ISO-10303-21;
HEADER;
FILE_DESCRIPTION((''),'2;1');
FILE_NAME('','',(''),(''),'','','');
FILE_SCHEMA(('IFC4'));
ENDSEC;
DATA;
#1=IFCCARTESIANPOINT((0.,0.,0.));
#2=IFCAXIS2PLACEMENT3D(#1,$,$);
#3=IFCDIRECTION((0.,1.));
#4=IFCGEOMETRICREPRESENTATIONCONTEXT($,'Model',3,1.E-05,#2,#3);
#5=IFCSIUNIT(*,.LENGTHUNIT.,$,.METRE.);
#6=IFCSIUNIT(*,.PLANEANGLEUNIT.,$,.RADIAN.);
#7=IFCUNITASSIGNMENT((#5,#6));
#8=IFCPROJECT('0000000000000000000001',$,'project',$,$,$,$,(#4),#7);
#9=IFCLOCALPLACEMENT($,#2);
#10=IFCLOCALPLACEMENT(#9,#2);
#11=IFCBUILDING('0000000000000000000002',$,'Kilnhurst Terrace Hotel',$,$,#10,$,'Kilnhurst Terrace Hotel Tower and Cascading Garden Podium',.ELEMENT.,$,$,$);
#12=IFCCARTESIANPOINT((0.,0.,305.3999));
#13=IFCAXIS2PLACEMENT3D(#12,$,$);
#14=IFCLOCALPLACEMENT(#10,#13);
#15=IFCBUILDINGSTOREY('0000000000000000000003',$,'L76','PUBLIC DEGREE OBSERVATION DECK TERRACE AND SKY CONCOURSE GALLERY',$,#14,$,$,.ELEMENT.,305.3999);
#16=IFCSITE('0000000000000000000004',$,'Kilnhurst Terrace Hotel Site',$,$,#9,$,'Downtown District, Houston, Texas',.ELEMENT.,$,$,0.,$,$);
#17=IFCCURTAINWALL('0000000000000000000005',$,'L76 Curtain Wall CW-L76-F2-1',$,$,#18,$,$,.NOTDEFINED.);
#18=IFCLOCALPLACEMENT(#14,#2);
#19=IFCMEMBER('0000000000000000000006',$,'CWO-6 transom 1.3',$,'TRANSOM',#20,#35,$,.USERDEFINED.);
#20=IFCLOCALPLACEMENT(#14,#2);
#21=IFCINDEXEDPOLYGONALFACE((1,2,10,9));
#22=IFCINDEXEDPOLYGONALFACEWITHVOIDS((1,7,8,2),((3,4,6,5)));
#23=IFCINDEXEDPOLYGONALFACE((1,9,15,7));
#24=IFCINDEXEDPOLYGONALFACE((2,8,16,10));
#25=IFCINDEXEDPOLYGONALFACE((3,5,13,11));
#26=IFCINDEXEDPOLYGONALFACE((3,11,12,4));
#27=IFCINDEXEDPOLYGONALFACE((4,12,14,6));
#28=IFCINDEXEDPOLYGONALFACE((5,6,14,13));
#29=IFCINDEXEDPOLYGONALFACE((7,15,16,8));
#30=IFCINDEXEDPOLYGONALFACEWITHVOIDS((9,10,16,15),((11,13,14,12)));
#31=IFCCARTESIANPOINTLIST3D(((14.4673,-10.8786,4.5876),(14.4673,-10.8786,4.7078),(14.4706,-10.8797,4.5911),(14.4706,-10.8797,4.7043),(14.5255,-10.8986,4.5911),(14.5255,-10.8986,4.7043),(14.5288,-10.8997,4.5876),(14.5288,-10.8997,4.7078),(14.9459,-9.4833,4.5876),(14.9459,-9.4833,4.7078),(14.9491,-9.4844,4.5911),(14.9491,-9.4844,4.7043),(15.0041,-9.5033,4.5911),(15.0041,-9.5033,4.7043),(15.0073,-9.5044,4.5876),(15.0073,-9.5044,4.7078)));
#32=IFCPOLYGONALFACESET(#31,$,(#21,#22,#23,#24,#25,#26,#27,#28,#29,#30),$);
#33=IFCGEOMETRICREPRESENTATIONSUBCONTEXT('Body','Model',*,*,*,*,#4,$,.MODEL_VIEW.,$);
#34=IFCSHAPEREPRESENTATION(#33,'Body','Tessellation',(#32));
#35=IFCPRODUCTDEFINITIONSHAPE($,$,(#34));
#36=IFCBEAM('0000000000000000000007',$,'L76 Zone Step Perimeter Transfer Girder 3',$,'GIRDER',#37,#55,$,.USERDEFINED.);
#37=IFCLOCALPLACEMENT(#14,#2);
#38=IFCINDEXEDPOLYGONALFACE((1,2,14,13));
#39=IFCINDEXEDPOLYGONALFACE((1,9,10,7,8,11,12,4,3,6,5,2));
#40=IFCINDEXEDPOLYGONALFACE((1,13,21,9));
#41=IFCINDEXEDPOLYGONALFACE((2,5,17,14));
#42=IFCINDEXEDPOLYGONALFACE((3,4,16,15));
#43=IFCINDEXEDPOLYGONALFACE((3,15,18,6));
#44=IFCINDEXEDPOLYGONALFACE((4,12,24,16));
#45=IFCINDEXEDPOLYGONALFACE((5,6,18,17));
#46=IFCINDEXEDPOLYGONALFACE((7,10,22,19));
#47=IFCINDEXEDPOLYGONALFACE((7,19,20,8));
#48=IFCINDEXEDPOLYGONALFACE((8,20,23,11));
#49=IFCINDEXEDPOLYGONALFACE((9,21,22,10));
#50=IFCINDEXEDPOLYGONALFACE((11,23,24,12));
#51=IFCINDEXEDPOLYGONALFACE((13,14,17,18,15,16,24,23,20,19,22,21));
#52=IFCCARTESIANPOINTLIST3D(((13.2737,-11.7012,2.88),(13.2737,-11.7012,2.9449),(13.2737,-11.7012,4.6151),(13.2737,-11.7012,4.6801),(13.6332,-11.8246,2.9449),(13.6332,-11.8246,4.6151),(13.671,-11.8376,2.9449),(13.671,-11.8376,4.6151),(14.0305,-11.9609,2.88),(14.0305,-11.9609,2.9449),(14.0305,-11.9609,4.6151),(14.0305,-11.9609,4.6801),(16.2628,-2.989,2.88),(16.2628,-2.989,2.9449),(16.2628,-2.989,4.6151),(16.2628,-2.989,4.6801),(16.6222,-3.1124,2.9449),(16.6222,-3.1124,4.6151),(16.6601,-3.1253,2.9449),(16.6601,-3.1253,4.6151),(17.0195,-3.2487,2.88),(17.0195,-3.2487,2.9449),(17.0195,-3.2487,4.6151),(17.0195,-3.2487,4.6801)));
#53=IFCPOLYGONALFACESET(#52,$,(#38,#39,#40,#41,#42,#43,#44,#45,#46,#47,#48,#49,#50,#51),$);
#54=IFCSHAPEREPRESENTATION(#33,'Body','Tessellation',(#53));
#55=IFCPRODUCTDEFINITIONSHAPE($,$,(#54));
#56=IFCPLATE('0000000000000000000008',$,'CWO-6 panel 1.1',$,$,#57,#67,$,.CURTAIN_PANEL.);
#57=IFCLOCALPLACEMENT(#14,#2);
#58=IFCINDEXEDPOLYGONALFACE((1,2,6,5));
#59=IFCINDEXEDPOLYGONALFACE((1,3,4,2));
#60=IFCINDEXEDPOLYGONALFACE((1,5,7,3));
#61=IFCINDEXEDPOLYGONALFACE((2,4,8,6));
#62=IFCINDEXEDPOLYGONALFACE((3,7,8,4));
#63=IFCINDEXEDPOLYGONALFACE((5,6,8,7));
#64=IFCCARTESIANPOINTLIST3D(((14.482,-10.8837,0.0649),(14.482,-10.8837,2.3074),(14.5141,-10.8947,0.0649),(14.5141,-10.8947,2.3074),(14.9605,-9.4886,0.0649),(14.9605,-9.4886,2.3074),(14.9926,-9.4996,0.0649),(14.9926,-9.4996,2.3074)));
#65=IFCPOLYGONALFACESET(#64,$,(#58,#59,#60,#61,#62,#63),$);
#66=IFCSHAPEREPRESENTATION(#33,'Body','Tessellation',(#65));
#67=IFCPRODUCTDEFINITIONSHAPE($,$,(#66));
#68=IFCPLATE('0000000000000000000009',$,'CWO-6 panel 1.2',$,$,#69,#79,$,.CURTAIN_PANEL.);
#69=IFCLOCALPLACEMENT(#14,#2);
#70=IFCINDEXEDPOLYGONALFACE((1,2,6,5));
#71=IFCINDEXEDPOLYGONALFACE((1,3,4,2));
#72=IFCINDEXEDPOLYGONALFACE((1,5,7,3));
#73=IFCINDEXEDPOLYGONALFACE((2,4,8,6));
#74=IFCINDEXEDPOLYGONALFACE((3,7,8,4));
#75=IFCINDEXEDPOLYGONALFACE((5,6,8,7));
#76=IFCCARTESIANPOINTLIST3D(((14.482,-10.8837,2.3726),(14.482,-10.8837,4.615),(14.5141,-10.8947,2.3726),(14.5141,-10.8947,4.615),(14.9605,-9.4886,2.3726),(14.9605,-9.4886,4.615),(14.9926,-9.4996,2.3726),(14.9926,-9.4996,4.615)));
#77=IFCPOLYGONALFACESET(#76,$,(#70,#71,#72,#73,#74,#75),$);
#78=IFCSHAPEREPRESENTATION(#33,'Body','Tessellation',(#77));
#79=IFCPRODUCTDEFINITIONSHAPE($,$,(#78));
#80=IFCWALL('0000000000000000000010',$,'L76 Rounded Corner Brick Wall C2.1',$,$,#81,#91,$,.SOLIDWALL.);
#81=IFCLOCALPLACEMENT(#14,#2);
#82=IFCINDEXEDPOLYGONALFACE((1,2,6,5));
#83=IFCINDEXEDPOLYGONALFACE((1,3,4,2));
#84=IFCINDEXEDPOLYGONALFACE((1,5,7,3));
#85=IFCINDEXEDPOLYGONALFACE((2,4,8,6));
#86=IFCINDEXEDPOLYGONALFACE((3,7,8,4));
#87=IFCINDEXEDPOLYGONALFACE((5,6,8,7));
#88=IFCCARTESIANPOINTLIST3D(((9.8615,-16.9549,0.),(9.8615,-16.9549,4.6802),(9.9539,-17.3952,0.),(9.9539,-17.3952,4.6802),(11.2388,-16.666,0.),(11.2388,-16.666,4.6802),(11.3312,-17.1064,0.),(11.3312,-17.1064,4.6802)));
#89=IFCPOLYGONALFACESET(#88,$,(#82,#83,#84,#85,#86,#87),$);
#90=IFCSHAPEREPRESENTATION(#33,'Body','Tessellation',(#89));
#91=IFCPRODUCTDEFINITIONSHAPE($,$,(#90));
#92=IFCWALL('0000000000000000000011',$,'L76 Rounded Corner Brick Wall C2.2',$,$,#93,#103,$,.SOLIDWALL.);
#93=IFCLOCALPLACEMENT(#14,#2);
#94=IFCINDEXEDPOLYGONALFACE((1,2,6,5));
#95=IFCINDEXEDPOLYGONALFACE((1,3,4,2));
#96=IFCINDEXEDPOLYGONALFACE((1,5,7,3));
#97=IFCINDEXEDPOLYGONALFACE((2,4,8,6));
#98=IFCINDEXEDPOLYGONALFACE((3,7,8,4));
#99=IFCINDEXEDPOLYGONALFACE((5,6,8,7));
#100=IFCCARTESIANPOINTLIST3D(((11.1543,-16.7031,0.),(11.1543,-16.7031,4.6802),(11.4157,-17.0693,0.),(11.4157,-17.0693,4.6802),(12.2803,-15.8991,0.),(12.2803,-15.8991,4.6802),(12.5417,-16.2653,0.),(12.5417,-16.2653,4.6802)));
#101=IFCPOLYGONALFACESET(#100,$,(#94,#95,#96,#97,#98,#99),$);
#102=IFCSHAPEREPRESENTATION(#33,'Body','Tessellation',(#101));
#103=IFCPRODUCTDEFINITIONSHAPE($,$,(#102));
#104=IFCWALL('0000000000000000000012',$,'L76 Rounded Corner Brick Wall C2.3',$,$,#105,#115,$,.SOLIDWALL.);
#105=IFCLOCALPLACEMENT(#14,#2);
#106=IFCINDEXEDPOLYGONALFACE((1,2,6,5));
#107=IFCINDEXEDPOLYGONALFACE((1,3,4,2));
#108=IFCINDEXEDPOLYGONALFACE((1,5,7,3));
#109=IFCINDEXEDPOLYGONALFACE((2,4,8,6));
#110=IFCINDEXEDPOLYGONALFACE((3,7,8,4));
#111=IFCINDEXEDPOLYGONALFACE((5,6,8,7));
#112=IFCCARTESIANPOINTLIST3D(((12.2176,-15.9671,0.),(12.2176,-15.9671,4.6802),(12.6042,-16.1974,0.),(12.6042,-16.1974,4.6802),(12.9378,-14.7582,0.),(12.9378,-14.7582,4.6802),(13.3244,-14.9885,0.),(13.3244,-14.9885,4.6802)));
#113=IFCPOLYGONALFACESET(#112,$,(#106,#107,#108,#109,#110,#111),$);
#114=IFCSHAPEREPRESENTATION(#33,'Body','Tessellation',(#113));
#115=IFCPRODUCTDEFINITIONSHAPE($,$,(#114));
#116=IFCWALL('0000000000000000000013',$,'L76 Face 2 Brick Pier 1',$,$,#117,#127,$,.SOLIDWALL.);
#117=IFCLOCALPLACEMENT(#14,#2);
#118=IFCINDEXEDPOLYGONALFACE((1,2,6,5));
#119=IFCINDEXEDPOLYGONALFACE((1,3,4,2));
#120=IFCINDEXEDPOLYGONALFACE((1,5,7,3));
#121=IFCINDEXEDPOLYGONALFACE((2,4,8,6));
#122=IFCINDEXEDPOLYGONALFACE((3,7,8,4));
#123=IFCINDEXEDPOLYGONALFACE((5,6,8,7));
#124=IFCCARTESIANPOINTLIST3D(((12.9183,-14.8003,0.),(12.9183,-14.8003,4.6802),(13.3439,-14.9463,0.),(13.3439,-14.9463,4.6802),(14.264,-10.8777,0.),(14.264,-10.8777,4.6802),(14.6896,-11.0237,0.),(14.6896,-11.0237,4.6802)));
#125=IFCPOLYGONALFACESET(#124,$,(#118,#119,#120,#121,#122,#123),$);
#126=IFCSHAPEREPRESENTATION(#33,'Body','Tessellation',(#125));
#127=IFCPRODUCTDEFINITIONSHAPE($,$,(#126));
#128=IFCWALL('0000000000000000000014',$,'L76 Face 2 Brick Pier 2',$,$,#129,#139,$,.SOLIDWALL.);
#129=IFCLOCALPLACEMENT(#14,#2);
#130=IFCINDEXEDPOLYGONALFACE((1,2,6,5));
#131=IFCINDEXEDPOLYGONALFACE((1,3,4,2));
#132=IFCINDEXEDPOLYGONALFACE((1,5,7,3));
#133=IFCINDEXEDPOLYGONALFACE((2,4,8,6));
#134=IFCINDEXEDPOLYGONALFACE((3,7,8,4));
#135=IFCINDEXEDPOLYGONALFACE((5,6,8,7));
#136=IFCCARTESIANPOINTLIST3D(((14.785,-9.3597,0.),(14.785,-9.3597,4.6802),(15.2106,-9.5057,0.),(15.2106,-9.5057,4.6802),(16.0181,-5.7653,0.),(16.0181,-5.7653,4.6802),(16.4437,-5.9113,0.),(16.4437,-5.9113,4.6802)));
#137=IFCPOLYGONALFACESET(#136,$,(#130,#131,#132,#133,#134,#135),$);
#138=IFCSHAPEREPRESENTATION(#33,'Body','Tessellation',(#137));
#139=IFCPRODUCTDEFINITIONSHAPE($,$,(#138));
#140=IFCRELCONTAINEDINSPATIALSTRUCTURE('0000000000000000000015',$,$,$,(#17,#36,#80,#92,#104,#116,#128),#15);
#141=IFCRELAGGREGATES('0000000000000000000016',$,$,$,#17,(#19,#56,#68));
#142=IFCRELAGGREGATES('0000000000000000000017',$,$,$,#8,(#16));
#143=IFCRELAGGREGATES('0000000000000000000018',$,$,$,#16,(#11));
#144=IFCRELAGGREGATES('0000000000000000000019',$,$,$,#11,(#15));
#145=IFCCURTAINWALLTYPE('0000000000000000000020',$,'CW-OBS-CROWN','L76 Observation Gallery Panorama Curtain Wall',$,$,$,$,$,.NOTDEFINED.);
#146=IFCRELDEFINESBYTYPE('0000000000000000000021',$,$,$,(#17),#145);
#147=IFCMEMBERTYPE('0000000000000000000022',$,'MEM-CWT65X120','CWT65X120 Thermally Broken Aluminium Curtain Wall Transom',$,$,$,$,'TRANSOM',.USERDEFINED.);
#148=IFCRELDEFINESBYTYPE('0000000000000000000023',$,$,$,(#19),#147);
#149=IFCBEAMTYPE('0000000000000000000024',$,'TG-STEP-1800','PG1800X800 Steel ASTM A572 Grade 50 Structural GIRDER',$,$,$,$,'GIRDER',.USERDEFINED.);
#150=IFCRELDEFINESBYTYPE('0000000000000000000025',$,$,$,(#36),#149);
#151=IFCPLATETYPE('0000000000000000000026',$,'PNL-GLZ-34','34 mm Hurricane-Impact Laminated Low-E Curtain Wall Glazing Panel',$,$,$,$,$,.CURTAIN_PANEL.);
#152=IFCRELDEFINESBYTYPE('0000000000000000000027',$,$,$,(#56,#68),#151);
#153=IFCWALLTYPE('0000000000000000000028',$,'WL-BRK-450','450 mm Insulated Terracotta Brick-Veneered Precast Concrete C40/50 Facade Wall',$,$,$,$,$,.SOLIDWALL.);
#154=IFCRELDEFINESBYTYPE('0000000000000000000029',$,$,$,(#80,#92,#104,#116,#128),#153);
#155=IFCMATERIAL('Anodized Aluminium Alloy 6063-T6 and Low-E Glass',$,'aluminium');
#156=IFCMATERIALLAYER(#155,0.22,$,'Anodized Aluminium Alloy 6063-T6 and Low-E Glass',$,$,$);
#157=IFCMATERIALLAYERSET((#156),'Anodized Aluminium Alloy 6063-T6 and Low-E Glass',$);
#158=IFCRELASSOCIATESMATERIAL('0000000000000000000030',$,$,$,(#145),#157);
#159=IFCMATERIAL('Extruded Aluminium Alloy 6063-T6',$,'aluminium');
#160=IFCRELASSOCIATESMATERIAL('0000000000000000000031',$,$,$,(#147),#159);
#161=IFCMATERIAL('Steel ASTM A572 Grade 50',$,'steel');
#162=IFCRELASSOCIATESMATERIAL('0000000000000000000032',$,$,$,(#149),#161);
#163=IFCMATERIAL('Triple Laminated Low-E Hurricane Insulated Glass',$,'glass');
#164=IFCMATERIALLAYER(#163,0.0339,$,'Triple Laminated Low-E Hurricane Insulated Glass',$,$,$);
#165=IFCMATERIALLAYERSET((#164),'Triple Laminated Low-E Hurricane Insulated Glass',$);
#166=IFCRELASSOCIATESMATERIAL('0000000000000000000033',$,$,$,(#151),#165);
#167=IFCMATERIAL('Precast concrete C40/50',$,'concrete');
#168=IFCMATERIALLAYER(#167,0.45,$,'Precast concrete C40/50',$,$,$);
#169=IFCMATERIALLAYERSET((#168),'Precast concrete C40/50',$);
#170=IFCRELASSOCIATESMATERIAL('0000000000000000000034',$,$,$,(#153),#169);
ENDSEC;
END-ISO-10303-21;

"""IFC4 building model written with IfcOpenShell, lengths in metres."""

from ifc_helpers import new_model, si_unit, direction, frame, frame_2d, origin, origin_2d, place, context, subcontext, project, spatial, rectangle, hollow_rectangle, i_section, extrude, material, layer, layer_set, material_profile, profile_set, type_object, element, aggregate, save


model = new_model("IFC4")

# Units and contexts
model_context = context("Model", 3, precision=1e-05, world=origin(), true_north=direction((0.0, 1.0)))
body_context = subcontext(model_context, "Body", "Model", "MODEL_VIEW")
ifc_project = project(units=[si_unit("LENGTHUNIT", "METRE"), si_unit("PLANEANGLEUNIT", "RADIAN")], contexts=[model_context])

# Site, building, storey
site_placement = place(None, origin())
site = spatial("IfcSite", under=ifc_project, at=site_placement, Name="Kilnhurst Terrace Hotel Site", LongName="Downtown District, Houston, Texas", CompositionType="ELEMENT", RefElevation=0.0)
building_placement = place(site_placement, origin())
building = spatial("IfcBuilding", under=site, at=building_placement, Name="Kilnhurst Terrace Hotel", LongName="Kilnhurst Terrace Hotel Tower and Cascading Garden Podium", CompositionType="ELEMENT")
storey_placement = place(building_placement, frame((0.0, 0.0, 305.3999)))
storey = spatial("IfcBuildingStorey", under=building, at=storey_placement, Name="L76", Description="PUBLIC DEGREE OBSERVATION DECK TERRACE AND SKY CONCOURSE GALLERY", CompositionType="ELEMENT", Elevation=305.3999)

# Curtain wall, member
ifc_material_1 = material(Name="Anodized Aluminium Alloy 6063-T6 and Low-E Glass", Category="aluminium")
ifc_layer_1 = layer(ifc_material_1, 0.22, Name="Anodized Aluminium Alloy 6063-T6 and Low-E Glass")
ifc_layer_set_1 = layer_set([ifc_layer_1], Name="Anodized Aluminium Alloy 6063-T6 and Low-E Glass")
curtain_wall_type = type_object("IfcCurtainWallType", Name="CW-OBS-CROWN", Description="L76 Observation Gallery Panorama Curtain Wall", PredefinedType="NOTDEFINED", material=ifc_layer_set_1)
curtain_wall_placement = place(storey_placement, origin())
curtain_wall = element("IfcCurtainWall", 1, at=curtain_wall_placement, inside=storey, type_object=curtain_wall_type, Name="L76 Curtain Wall CW-L76-F2-1", PredefinedType="NOTDEFINED")
ifc_material_2 = material(Name="Extruded Aluminium Alloy 6063-T6", Category="aluminium")
ifc_material_profile_1 = material_profile(ifc_material_2, hollow_rectangle(XDim=0.0649, YDim=0.1201, WallThickness=0.0034, at=origin_2d()), Name="CWT65X120")
ifc_profile_set_1 = profile_set([ifc_material_profile_1], Name="Extruded Aluminium Alloy 6063-T6")
member_type_1 = type_object("IfcMemberType", Name="MEM-CWT65X120", Description="CWT65X120 Thermally Broken Aluminium Curtain Wall Transom", ElementType="TRANSOM", PredefinedType="USERDEFINED", material=ifc_profile_set_1)
member_1_placement = place(storey_placement, frame((14.498, -10.8892, 4.6477), z_axis=(0.324409, 0.945917, 0.0), x_axis=(-0.945917, 0.324409, 0.0)))
member_1 = element("IfcMember", 2, at=member_1_placement, type_object=member_type_1, Name="CWO-6 transom 1.3", ObjectType="TRANSOM", PredefinedType="USERDEFINED", context=body_context, shape_type="SweptSolid", body=[
    extrude(hollow_rectangle(XDim=0.0649, YDim=0.1201, WallThickness=0.0034, at=origin_2d()), origin(), (0.0, 0.0, 1.0), 1.4751),
])

# Beam
ifc_material_3 = material(Name="Steel ASTM A572 Grade 50", Category="steel")
ifc_material_profile_2 = material_profile(ifc_material_3, i_section(OverallWidth=0.8, OverallDepth=1.8, WebThickness=0.04, FlangeThickness=0.0649, at=origin_2d()), Name="PG1800X800")
ifc_profile_set_2 = profile_set([ifc_material_profile_2], Name="Steel ASTM A572 Grade 50")
beam_type_1 = type_object("IfcBeamType", Name="TG-STEP-1800", Description="PG1800X800 Steel ASTM A572 Grade 50 Structural GIRDER", ElementType="GIRDER", PredefinedType="USERDEFINED", material=ifc_profile_set_2)
beam_1_placement = place(storey_placement, frame((13.6521, -11.8311, 3.78), z_axis=(0.324517, 0.94588, 0.0), x_axis=(-0.94588, 0.324517, 0.0)))
element("IfcBeam", 3, at=beam_1_placement, inside=storey, type_object=beam_type_1, Name="L76 Zone Step Perimeter Transfer Girder 3", ObjectType="GIRDER", PredefinedType="USERDEFINED", context=body_context, shape_type="SweptSolid", body=[
    extrude(i_section(OverallWidth=0.8, OverallDepth=1.8, WebThickness=0.04, FlangeThickness=0.0649, at=origin_2d()), origin(), (0.0, 0.0, 1.0), 9.2107),
])

# Plates
ifc_material_4 = material(Name="Triple Laminated Low-E Hurricane Insulated Glass", Category="glass")
ifc_layer_2 = layer(ifc_material_4, 0.0339, Name="Triple Laminated Low-E Hurricane Insulated Glass")
ifc_layer_set_2 = layer_set([ifc_layer_2], Name="Triple Laminated Low-E Hurricane Insulated Glass")
plate_type = type_object("IfcPlateType", Name="PNL-GLZ-34", Description="34 mm Hurricane-Impact Laminated Low-E Curtain Wall Glazing Panel", PredefinedType="CURTAIN_PANEL", material=ifc_layer_set_2)
plate_1_placement = place(storey_placement, frame((14.7373, -10.1917, 0.0649), z_axis=(0.0, 0.0, 1.0), x_axis=(0.324496, 0.945887, 0.0)))
plate_1 = element("IfcPlate", 4, at=plate_1_placement, type_object=plate_type, Name="CWO-6 panel 1.1", PredefinedType="CURTAIN_PANEL", context=body_context, shape_type="SweptSolid", body=[
    extrude(rectangle(XDim=1.4749, YDim=0.0339, at=origin_2d()), origin(), (0.0, 0.0, 1.0), 2.2424),
])
plate_2_placement = place(storey_placement, frame((14.7373, -10.1917, 2.3726), z_axis=(0.0, 0.0, 1.0), x_axis=(0.324496, 0.945887, 0.0)))
plate_2 = element("IfcPlate", 5, at=plate_2_placement, type_object=plate_type, Name="CWO-6 panel 1.2", PredefinedType="CURTAIN_PANEL", context=body_context, shape_type="SweptSolid", body=[
    extrude(rectangle(XDim=1.4749, YDim=0.0339, at=origin_2d()), origin(), (0.0, 0.0, 1.0), 2.2424),
])
aggregate(curtain_wall, [member_1, plate_1, plate_2])

# Walls
ifc_material_5 = material(Name="Precast concrete C40/50", Category="concrete")
ifc_layer_3 = layer(ifc_material_5, 0.45, Name="Precast concrete C40/50")
ifc_layer_set_3 = layer_set([ifc_layer_3], Name="Precast concrete C40/50")
wall_type_1 = type_object("IfcWallType", Name="WL-BRK-450", Description="450 mm Insulated Terracotta Brick-Veneered Precast Concrete C40/50 Facade Wall", PredefinedType="SOLIDWALL", material=ifc_layer_set_3)
wall_1_placement = place(storey_placement, frame((9.9077, -17.175, 0.0), z_axis=(0.0, 0.0, 1.0), x_axis=(0.97871, 0.20525, 0.0)))
element("IfcWall", 6, at=wall_1_placement, inside=storey, type_object=wall_type_1, Name="L76 Rounded Corner Brick Wall C2.1", PredefinedType="SOLIDWALL", context=body_context, shape_type="SweptSolid", body=[
    extrude(rectangle(XDim=1.4072, YDim=0.45, at=frame_2d((0.7036, 0.0))), origin(), (0.0, 0.0, 1.0), 4.6802),
])
wall_2_placement = place(storey_placement, frame((11.2849, -16.8862, 0.0), z_axis=(0.0, 0.0, 1.0), x_axis=(0.813841, 0.581088, 0.0)))
element("IfcWall", 7, at=wall_2_placement, inside=storey, type_object=wall_type_1, Name="L76 Rounded Corner Brick Wall C2.2", PredefinedType="SOLIDWALL", context=body_context, shape_type="SweptSolid", body=[
    extrude(rectangle(XDim=1.3835, YDim=0.45, at=frame_2d((0.6919, 0.0))), origin(), (0.0, 0.0, 1.0), 4.6802),
])
wall_3_placement = place(storey_placement, frame((12.4109, -16.0823, 0.0), z_axis=(0.0, 0.0, 1.0), x_axis=(0.511789, 0.859111, 0.0)))
element("IfcWall", 8, at=wall_3_placement, inside=storey, type_object=wall_type_1, Name="L76 Rounded Corner Brick Wall C2.3", PredefinedType="SOLIDWALL", context=body_context, shape_type="SweptSolid", body=[
    extrude(rectangle(XDim=1.4072, YDim=0.45, at=frame_2d((0.7036, 0.0))), origin(), (0.0, 0.0, 1.0), 4.6802),
])
wall_4_placement = place(storey_placement, frame((13.1311, -14.8733, 0.0), z_axis=(0.0, 0.0, 1.0), x_axis=(0.324499, 0.945886, 0.0)))
element("IfcWall", 9, at=wall_4_placement, inside=storey, type_object=wall_type_1, Name="L76 Face 2 Brick Pier 1", PredefinedType="SOLIDWALL", context=body_context, shape_type="SweptSolid", body=[
    extrude(rectangle(XDim=4.147, YDim=0.45, at=frame_2d((2.0735, 0.0))), origin(), (0.0, 0.0, 1.0), 4.6802),
])
wall_5_placement = place(storey_placement, frame((14.9978, -9.4326, 0.0), z_axis=(0.0, 0.0, 1.0), x_axis=(0.324503, 0.945885, 0.0)))
element("IfcWall", 10, at=wall_5_placement, inside=storey, type_object=wall_type_1, Name="L76 Face 2 Brick Pier 2", PredefinedType="SOLIDWALL", context=body_context, shape_type="SweptSolid", body=[
    extrude(rectangle(XDim=3.8, YDim=0.45, at=frame_2d((1.8999, 0.0))), origin(), (0.0, 0.0, 1.0), 4.6802),
])

save(model, "model.ifc")
